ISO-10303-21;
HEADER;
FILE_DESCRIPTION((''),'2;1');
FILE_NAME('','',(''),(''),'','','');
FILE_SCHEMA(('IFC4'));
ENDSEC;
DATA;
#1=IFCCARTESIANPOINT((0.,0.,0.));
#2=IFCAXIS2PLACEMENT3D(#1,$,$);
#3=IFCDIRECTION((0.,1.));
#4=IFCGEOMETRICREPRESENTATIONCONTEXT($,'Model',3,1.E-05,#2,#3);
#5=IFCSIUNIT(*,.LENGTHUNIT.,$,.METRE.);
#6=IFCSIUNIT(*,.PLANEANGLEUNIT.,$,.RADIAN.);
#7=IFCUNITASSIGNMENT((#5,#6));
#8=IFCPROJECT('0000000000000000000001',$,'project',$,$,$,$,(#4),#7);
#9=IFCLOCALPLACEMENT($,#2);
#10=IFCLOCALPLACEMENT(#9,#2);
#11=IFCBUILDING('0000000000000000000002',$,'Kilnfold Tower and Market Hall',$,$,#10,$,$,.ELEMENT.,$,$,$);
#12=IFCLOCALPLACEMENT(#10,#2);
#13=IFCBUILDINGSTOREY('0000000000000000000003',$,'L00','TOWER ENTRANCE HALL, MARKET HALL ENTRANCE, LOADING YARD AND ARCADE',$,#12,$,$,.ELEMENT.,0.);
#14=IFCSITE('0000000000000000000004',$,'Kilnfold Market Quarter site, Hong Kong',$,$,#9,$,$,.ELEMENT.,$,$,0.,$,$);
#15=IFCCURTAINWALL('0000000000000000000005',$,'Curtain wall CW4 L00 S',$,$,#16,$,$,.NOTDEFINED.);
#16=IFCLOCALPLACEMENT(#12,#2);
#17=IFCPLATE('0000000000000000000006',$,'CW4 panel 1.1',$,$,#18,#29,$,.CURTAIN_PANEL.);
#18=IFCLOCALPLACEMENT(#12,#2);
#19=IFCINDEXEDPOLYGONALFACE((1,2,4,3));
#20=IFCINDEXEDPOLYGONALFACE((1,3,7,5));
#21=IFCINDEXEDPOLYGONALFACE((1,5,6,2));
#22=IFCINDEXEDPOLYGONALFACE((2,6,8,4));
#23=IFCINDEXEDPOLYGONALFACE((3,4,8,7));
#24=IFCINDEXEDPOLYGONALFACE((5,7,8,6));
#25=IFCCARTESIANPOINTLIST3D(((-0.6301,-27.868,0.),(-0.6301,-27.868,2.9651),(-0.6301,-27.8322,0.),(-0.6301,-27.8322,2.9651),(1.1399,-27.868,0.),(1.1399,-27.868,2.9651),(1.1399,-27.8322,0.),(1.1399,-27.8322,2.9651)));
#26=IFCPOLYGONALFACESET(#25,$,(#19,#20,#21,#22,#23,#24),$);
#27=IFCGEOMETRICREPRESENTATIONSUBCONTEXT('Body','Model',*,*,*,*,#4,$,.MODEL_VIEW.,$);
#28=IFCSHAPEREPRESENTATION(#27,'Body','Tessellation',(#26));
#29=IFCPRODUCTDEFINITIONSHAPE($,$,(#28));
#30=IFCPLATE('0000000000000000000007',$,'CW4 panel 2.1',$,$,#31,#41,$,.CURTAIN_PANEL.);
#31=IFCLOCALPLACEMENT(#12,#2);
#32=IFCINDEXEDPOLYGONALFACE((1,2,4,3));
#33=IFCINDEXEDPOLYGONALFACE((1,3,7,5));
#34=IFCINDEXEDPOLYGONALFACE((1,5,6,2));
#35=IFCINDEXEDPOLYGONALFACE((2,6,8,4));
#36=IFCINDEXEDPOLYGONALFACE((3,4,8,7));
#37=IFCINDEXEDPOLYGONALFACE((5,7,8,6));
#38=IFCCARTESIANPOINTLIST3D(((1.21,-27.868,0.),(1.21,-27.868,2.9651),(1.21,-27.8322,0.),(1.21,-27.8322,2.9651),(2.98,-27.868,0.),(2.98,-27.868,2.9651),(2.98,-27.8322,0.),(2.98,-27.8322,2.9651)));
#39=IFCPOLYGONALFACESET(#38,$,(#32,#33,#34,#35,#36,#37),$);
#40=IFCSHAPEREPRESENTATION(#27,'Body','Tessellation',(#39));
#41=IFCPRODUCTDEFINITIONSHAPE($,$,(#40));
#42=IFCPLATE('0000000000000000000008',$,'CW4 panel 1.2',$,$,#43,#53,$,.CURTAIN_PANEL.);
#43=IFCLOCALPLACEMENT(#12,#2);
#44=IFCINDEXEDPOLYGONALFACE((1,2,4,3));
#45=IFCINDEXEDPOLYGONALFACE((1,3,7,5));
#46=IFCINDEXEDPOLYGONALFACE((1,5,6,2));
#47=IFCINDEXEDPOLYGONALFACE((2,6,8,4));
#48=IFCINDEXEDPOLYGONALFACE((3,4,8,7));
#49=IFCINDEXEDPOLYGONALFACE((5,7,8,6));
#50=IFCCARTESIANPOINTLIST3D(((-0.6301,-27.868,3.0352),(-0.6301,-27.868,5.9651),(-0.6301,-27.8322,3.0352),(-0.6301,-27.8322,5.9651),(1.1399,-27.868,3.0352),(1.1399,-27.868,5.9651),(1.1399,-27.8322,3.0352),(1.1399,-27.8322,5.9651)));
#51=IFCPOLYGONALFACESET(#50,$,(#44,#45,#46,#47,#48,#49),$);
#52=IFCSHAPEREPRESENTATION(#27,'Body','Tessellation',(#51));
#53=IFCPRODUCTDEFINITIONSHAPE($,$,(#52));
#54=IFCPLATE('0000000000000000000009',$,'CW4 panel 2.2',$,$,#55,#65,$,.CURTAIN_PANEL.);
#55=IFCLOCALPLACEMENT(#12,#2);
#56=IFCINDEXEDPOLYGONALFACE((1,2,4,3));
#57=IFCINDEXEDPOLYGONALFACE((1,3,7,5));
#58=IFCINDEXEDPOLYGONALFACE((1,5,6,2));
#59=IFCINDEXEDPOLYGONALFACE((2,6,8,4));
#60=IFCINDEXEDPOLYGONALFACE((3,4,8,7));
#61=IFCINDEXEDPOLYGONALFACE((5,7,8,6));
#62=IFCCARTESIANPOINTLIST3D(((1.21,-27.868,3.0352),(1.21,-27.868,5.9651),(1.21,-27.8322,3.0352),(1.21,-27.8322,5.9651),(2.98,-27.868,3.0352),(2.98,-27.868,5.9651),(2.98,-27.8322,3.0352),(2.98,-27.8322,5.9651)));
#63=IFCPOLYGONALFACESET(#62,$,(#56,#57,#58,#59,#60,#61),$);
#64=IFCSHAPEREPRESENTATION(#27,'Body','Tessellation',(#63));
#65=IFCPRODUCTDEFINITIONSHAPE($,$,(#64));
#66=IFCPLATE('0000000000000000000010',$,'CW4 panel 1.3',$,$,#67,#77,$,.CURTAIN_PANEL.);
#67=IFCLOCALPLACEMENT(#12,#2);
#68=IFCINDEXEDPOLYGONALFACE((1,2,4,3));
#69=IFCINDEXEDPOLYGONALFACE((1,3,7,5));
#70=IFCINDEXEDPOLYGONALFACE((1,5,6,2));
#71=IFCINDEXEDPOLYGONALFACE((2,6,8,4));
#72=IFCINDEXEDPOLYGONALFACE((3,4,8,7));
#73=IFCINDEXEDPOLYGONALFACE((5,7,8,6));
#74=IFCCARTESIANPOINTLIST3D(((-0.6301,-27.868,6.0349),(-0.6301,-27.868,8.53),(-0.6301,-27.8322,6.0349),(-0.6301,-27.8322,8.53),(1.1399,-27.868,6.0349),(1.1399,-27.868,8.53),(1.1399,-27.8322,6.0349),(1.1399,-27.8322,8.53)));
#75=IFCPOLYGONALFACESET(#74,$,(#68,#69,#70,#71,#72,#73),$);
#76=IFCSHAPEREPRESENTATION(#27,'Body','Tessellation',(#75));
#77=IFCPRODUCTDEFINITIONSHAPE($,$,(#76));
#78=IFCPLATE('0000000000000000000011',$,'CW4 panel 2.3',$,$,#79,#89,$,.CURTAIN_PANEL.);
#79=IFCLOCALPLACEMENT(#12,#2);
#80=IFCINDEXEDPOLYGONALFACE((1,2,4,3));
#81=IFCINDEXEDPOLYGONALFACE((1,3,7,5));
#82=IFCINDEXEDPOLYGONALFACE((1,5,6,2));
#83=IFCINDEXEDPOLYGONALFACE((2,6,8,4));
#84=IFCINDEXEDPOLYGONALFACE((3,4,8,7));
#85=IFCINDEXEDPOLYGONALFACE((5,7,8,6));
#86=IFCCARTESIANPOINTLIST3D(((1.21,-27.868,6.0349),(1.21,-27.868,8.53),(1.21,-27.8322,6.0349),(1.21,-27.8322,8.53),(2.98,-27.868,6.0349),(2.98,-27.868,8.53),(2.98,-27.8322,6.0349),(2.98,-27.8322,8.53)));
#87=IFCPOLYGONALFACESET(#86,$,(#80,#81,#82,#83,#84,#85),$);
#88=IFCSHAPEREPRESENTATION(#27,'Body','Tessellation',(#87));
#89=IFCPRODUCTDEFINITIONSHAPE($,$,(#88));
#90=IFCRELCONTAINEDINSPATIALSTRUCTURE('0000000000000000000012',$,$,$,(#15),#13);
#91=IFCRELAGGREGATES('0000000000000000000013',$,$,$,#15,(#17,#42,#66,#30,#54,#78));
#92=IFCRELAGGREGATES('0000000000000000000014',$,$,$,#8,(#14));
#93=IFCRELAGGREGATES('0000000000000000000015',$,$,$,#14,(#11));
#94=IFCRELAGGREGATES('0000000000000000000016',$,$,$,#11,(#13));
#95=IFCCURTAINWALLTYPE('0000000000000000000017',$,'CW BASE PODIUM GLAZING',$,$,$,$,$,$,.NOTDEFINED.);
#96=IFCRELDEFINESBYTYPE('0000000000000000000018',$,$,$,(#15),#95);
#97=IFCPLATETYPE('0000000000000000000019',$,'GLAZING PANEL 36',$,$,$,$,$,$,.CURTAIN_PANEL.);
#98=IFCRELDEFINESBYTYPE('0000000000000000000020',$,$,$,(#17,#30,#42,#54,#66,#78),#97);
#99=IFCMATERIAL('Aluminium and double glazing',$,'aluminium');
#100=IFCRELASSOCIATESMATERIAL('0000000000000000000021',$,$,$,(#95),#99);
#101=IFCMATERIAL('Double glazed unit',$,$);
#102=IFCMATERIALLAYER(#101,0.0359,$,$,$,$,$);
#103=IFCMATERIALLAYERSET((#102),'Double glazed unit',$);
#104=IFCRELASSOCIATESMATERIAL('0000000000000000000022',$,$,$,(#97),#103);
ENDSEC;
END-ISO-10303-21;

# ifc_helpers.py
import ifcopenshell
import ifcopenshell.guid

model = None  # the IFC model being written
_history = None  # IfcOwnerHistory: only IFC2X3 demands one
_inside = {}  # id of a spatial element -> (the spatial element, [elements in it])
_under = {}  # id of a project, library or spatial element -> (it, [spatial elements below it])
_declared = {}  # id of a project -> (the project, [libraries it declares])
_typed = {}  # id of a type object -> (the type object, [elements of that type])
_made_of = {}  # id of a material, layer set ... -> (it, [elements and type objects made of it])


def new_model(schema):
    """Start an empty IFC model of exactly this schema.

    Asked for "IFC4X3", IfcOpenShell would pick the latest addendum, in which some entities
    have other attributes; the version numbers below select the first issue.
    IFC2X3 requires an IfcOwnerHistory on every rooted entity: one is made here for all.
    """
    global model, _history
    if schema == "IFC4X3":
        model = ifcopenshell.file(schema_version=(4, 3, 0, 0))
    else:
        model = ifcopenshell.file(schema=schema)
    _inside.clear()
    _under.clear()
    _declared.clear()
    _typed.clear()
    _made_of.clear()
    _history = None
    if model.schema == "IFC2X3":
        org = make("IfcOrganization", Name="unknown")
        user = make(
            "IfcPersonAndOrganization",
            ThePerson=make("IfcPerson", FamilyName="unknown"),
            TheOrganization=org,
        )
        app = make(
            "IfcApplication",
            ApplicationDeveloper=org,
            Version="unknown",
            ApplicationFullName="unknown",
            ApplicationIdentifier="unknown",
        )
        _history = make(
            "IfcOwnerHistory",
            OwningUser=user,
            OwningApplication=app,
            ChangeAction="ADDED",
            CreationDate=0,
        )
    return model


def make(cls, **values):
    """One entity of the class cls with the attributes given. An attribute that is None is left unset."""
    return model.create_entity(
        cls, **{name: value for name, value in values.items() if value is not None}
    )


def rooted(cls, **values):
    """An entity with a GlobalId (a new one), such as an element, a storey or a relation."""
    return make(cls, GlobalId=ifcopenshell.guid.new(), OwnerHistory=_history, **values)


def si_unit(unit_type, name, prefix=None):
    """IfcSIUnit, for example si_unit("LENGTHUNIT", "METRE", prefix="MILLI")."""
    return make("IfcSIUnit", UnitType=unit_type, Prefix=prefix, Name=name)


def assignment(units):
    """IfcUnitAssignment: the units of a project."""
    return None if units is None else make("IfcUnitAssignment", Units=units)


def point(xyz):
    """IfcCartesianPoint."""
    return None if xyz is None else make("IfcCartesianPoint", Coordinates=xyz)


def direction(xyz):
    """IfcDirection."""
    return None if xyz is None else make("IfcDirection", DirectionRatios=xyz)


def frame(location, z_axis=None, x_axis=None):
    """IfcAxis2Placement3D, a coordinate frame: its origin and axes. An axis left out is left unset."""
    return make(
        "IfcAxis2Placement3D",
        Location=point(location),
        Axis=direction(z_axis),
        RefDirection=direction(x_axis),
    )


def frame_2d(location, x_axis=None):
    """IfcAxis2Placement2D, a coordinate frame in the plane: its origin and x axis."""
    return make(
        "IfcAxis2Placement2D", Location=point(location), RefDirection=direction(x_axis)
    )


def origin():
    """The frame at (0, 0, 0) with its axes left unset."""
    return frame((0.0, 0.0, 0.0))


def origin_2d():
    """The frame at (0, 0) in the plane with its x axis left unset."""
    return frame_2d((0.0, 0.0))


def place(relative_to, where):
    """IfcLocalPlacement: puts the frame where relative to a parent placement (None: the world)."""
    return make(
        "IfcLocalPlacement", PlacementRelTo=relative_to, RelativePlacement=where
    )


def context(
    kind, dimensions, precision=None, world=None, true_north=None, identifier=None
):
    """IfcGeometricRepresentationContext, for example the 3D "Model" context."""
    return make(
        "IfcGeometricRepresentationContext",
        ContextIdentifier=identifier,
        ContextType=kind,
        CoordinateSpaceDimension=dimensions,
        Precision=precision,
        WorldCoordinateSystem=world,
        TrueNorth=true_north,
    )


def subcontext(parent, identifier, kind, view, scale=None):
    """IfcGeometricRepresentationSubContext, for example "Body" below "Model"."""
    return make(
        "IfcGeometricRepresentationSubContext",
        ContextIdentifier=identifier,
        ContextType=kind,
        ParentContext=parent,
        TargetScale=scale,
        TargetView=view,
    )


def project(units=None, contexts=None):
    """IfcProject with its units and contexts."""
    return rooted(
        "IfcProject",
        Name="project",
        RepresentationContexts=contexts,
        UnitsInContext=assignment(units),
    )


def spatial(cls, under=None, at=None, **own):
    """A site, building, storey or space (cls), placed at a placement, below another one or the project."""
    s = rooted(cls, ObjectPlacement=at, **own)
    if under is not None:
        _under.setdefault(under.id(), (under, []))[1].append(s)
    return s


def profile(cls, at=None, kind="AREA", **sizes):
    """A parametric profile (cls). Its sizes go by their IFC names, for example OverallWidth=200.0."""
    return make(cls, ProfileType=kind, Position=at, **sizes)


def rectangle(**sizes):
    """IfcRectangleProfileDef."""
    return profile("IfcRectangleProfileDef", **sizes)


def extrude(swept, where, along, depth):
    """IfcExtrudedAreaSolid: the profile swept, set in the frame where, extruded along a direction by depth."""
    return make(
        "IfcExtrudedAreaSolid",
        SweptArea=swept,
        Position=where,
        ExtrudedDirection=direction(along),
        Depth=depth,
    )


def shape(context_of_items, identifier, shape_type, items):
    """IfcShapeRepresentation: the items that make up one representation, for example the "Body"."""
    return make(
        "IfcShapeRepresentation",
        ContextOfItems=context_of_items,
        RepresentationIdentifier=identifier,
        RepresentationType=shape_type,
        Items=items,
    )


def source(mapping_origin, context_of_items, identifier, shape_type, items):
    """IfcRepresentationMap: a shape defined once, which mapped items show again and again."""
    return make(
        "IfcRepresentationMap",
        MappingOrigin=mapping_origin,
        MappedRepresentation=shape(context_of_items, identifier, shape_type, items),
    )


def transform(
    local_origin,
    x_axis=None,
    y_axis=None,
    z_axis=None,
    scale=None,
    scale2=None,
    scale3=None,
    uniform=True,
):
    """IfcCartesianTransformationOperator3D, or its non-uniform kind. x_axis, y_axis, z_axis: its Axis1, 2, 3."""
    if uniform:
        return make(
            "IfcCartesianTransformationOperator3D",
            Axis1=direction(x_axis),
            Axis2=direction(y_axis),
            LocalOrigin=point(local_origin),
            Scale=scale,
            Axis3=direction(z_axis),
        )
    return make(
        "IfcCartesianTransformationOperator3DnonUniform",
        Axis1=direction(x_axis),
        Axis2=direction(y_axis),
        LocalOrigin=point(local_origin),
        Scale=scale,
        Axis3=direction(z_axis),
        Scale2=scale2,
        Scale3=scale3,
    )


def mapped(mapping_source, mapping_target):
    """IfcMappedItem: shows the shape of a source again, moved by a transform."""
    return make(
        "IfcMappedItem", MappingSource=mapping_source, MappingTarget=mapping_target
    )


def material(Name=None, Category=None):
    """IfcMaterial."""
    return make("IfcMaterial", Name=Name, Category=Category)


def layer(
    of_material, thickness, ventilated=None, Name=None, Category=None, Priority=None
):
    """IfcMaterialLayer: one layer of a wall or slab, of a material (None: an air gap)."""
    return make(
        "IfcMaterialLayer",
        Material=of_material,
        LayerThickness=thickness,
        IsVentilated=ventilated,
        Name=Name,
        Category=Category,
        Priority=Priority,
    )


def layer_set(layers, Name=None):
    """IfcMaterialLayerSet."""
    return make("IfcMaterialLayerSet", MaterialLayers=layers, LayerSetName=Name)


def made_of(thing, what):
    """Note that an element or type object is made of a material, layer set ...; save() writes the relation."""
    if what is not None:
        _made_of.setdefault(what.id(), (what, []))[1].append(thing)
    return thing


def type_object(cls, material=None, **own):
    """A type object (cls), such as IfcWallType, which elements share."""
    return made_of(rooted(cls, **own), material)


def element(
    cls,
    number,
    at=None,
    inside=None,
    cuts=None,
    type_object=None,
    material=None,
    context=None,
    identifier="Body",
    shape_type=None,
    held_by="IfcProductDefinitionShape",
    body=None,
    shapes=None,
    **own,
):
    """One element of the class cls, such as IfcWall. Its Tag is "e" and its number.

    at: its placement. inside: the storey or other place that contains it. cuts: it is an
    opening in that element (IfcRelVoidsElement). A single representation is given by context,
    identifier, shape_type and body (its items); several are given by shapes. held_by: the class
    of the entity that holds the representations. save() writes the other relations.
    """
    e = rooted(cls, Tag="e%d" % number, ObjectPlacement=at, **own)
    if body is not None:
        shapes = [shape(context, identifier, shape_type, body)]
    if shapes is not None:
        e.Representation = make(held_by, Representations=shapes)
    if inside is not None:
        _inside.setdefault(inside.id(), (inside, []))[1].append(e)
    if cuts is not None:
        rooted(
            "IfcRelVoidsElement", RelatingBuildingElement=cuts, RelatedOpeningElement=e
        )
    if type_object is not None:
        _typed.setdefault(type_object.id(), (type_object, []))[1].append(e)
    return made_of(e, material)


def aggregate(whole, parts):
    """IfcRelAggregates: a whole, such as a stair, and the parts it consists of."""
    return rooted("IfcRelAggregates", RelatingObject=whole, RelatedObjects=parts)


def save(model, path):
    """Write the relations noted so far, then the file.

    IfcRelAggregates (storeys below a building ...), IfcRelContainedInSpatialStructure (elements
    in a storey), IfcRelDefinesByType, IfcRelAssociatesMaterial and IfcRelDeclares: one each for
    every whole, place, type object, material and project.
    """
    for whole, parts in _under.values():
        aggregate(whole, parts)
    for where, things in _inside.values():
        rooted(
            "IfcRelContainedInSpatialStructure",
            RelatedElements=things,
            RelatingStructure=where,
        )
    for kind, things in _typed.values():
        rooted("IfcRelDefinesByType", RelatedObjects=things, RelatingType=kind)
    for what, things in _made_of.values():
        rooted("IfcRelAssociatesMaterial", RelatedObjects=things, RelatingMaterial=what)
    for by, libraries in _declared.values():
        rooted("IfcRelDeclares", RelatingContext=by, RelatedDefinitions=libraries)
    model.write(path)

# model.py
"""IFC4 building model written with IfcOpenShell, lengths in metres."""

from ifc_helpers import new_model, si_unit, direction, frame, origin, origin_2d, place, context, subcontext, project, spatial, rectangle, extrude, source, transform, mapped, material, layer, layer_set, type_object, element, aggregate, save


model = new_model("IFC4")

# Units and contexts
model_context = context("Model", 3, precision=1e-05, world=origin(), true_north=direction((0.0, 1.0)))
body_context = subcontext(model_context, "Body", "Model", "MODEL_VIEW")
ifc_project = project(units=[si_unit("LENGTHUNIT", "METRE"), si_unit("PLANEANGLEUNIT", "RADIAN")], contexts=[model_context])

# Site, building, storey
site_placement = place(None, origin())
site = spatial("IfcSite", under=ifc_project, at=site_placement, Name="Kilnfold Market Quarter site, Hong Kong", CompositionType="ELEMENT", RefElevation=0.0)
building_placement = place(site_placement, origin())
building = spatial("IfcBuilding", under=site, at=building_placement, Name="Kilnfold Tower and Market Hall", CompositionType="ELEMENT")
storey_placement = place(building_placement, origin())
storey = spatial("IfcBuildingStorey", under=building, at=storey_placement, Name="L00", Description="TOWER ENTRANCE HALL, MARKET HALL ENTRANCE, LOADING YARD AND ARCADE", CompositionType="ELEMENT", Elevation=0.0)

# Shared definitions
ifc_material_1 = material(Name="Aluminium and double glazing", Category="aluminium")
curtain_wall_type = type_object("IfcCurtainWallType", Name="CW BASE PODIUM GLAZING", PredefinedType="NOTDEFINED", material=ifc_material_1)

# Curtain wall
curtain_wall_1_placement = place(storey_placement, origin())
curtain_wall_1 = element("IfcCurtainWall", 1, at=curtain_wall_1_placement, inside=storey, type_object=curtain_wall_type, Name="Curtain wall CW4 L00 S", PredefinedType="NOTDEFINED")

# Plates
ifc_material_2 = material(Name="Double glazed unit")
ifc_layer_1 = layer(ifc_material_2, 0.0359)
ifc_layer_set_1 = layer_set([ifc_layer_1], Name="Double glazed unit")
plate_type = type_object("IfcPlateType", Name="GLAZING PANEL 36", PredefinedType="CURTAIN_PANEL", material=ifc_layer_set_1)
shared_shape_1 = source(origin(), body_context, "Body", "SweptSolid", [
    extrude(rectangle(XDim=1.77, YDim=0.0359, at=origin_2d()), origin(), (0.0, 0.0, 1.0), 2.9651),
])
plate_1_placement = place(storey_placement, frame((0.2549, -27.8501, 0.0), z_axis=(0.0, 0.0, 1.0), x_axis=(1.0, 0.0, 0.0)))
plate_1 = element("IfcPlate", 2, at=plate_1_placement, type_object=plate_type, Name="CW4 panel 1.1", PredefinedType="CURTAIN_PANEL", context=body_context, shape_type="MappedRepresentation", body=[
    mapped(shared_shape_1, transform((0.0, 0.0, 0.0))),
])
plate_2_placement = place(storey_placement, frame((2.095, -27.8501, 0.0), z_axis=(0.0, 0.0, 1.0), x_axis=(1.0, 0.0, 0.0)))
plate_2 = element("IfcPlate", 3, at=plate_2_placement, type_object=plate_type, Name="CW4 panel 2.1", PredefinedType="CURTAIN_PANEL", context=body_context, shape_type="MappedRepresentation", body=[
    mapped(shared_shape_1, transform((0.0, 0.0, 0.0))),
])
shared_shape_2 = source(origin(), body_context, "Body", "SweptSolid", [
    extrude(rectangle(XDim=1.77, YDim=0.0359, at=origin_2d()), origin(), (0.0, 0.0, 1.0), 2.9299),
])
plate_3_placement = place(storey_placement, frame((0.2549, -27.8501, 3.0352), z_axis=(0.0, 0.0, 1.0), x_axis=(1.0, 0.0, 0.0)))
plate_3 = element("IfcPlate", 4, at=plate_3_placement, type_object=plate_type, Name="CW4 panel 1.2", PredefinedType="CURTAIN_PANEL", context=body_context, shape_type="MappedRepresentation", body=[
    mapped(shared_shape_2, transform((0.0, 0.0, 0.0))),
])
plate_4_placement = place(storey_placement, frame((2.095, -27.8501, 3.0352), z_axis=(0.0, 0.0, 1.0), x_axis=(1.0, 0.0, 0.0)))
plate_4 = element("IfcPlate", 5, at=plate_4_placement, type_object=plate_type, Name="CW4 panel 2.2", PredefinedType="CURTAIN_PANEL", context=body_context, shape_type="MappedRepresentation", body=[
    mapped(shared_shape_2, transform((0.0, 0.0, 0.0))),
])
shared_shape_3 = source(origin(), body_context, "Body", "SweptSolid", [
    extrude(rectangle(XDim=1.77, YDim=0.0359, at=origin_2d()), origin(), (0.0, 0.0, 1.0), 2.4951),
])
plate_5_placement = place(storey_placement, frame((0.2549, -27.8501, 6.0349), z_axis=(0.0, 0.0, 1.0), x_axis=(1.0, 0.0, 0.0)))
plate_5 = element("IfcPlate", 6, at=plate_5_placement, type_object=plate_type, Name="CW4 panel 1.3", PredefinedType="CURTAIN_PANEL", context=body_context, shape_type="MappedRepresentation", body=[
    mapped(shared_shape_3, transform((0.0, 0.0, 0.0))),
])
plate_6_placement = place(storey_placement, frame((2.095, -27.8501, 6.0349), z_axis=(0.0, 0.0, 1.0), x_axis=(1.0, 0.0, 0.0)))
plate_6 = element("IfcPlate", 7, at=plate_6_placement, type_object=plate_type, Name="CW4 panel 2.3", PredefinedType="CURTAIN_PANEL", context=body_context, shape_type="MappedRepresentation", body=[
    mapped(shared_shape_3, transform((0.0, 0.0, 0.0))),
])
aggregate(curtain_wall_1, [plate_1, plate_3, plate_5, plate_2, plate_4, plate_6])

save(model, "model.ifc")
